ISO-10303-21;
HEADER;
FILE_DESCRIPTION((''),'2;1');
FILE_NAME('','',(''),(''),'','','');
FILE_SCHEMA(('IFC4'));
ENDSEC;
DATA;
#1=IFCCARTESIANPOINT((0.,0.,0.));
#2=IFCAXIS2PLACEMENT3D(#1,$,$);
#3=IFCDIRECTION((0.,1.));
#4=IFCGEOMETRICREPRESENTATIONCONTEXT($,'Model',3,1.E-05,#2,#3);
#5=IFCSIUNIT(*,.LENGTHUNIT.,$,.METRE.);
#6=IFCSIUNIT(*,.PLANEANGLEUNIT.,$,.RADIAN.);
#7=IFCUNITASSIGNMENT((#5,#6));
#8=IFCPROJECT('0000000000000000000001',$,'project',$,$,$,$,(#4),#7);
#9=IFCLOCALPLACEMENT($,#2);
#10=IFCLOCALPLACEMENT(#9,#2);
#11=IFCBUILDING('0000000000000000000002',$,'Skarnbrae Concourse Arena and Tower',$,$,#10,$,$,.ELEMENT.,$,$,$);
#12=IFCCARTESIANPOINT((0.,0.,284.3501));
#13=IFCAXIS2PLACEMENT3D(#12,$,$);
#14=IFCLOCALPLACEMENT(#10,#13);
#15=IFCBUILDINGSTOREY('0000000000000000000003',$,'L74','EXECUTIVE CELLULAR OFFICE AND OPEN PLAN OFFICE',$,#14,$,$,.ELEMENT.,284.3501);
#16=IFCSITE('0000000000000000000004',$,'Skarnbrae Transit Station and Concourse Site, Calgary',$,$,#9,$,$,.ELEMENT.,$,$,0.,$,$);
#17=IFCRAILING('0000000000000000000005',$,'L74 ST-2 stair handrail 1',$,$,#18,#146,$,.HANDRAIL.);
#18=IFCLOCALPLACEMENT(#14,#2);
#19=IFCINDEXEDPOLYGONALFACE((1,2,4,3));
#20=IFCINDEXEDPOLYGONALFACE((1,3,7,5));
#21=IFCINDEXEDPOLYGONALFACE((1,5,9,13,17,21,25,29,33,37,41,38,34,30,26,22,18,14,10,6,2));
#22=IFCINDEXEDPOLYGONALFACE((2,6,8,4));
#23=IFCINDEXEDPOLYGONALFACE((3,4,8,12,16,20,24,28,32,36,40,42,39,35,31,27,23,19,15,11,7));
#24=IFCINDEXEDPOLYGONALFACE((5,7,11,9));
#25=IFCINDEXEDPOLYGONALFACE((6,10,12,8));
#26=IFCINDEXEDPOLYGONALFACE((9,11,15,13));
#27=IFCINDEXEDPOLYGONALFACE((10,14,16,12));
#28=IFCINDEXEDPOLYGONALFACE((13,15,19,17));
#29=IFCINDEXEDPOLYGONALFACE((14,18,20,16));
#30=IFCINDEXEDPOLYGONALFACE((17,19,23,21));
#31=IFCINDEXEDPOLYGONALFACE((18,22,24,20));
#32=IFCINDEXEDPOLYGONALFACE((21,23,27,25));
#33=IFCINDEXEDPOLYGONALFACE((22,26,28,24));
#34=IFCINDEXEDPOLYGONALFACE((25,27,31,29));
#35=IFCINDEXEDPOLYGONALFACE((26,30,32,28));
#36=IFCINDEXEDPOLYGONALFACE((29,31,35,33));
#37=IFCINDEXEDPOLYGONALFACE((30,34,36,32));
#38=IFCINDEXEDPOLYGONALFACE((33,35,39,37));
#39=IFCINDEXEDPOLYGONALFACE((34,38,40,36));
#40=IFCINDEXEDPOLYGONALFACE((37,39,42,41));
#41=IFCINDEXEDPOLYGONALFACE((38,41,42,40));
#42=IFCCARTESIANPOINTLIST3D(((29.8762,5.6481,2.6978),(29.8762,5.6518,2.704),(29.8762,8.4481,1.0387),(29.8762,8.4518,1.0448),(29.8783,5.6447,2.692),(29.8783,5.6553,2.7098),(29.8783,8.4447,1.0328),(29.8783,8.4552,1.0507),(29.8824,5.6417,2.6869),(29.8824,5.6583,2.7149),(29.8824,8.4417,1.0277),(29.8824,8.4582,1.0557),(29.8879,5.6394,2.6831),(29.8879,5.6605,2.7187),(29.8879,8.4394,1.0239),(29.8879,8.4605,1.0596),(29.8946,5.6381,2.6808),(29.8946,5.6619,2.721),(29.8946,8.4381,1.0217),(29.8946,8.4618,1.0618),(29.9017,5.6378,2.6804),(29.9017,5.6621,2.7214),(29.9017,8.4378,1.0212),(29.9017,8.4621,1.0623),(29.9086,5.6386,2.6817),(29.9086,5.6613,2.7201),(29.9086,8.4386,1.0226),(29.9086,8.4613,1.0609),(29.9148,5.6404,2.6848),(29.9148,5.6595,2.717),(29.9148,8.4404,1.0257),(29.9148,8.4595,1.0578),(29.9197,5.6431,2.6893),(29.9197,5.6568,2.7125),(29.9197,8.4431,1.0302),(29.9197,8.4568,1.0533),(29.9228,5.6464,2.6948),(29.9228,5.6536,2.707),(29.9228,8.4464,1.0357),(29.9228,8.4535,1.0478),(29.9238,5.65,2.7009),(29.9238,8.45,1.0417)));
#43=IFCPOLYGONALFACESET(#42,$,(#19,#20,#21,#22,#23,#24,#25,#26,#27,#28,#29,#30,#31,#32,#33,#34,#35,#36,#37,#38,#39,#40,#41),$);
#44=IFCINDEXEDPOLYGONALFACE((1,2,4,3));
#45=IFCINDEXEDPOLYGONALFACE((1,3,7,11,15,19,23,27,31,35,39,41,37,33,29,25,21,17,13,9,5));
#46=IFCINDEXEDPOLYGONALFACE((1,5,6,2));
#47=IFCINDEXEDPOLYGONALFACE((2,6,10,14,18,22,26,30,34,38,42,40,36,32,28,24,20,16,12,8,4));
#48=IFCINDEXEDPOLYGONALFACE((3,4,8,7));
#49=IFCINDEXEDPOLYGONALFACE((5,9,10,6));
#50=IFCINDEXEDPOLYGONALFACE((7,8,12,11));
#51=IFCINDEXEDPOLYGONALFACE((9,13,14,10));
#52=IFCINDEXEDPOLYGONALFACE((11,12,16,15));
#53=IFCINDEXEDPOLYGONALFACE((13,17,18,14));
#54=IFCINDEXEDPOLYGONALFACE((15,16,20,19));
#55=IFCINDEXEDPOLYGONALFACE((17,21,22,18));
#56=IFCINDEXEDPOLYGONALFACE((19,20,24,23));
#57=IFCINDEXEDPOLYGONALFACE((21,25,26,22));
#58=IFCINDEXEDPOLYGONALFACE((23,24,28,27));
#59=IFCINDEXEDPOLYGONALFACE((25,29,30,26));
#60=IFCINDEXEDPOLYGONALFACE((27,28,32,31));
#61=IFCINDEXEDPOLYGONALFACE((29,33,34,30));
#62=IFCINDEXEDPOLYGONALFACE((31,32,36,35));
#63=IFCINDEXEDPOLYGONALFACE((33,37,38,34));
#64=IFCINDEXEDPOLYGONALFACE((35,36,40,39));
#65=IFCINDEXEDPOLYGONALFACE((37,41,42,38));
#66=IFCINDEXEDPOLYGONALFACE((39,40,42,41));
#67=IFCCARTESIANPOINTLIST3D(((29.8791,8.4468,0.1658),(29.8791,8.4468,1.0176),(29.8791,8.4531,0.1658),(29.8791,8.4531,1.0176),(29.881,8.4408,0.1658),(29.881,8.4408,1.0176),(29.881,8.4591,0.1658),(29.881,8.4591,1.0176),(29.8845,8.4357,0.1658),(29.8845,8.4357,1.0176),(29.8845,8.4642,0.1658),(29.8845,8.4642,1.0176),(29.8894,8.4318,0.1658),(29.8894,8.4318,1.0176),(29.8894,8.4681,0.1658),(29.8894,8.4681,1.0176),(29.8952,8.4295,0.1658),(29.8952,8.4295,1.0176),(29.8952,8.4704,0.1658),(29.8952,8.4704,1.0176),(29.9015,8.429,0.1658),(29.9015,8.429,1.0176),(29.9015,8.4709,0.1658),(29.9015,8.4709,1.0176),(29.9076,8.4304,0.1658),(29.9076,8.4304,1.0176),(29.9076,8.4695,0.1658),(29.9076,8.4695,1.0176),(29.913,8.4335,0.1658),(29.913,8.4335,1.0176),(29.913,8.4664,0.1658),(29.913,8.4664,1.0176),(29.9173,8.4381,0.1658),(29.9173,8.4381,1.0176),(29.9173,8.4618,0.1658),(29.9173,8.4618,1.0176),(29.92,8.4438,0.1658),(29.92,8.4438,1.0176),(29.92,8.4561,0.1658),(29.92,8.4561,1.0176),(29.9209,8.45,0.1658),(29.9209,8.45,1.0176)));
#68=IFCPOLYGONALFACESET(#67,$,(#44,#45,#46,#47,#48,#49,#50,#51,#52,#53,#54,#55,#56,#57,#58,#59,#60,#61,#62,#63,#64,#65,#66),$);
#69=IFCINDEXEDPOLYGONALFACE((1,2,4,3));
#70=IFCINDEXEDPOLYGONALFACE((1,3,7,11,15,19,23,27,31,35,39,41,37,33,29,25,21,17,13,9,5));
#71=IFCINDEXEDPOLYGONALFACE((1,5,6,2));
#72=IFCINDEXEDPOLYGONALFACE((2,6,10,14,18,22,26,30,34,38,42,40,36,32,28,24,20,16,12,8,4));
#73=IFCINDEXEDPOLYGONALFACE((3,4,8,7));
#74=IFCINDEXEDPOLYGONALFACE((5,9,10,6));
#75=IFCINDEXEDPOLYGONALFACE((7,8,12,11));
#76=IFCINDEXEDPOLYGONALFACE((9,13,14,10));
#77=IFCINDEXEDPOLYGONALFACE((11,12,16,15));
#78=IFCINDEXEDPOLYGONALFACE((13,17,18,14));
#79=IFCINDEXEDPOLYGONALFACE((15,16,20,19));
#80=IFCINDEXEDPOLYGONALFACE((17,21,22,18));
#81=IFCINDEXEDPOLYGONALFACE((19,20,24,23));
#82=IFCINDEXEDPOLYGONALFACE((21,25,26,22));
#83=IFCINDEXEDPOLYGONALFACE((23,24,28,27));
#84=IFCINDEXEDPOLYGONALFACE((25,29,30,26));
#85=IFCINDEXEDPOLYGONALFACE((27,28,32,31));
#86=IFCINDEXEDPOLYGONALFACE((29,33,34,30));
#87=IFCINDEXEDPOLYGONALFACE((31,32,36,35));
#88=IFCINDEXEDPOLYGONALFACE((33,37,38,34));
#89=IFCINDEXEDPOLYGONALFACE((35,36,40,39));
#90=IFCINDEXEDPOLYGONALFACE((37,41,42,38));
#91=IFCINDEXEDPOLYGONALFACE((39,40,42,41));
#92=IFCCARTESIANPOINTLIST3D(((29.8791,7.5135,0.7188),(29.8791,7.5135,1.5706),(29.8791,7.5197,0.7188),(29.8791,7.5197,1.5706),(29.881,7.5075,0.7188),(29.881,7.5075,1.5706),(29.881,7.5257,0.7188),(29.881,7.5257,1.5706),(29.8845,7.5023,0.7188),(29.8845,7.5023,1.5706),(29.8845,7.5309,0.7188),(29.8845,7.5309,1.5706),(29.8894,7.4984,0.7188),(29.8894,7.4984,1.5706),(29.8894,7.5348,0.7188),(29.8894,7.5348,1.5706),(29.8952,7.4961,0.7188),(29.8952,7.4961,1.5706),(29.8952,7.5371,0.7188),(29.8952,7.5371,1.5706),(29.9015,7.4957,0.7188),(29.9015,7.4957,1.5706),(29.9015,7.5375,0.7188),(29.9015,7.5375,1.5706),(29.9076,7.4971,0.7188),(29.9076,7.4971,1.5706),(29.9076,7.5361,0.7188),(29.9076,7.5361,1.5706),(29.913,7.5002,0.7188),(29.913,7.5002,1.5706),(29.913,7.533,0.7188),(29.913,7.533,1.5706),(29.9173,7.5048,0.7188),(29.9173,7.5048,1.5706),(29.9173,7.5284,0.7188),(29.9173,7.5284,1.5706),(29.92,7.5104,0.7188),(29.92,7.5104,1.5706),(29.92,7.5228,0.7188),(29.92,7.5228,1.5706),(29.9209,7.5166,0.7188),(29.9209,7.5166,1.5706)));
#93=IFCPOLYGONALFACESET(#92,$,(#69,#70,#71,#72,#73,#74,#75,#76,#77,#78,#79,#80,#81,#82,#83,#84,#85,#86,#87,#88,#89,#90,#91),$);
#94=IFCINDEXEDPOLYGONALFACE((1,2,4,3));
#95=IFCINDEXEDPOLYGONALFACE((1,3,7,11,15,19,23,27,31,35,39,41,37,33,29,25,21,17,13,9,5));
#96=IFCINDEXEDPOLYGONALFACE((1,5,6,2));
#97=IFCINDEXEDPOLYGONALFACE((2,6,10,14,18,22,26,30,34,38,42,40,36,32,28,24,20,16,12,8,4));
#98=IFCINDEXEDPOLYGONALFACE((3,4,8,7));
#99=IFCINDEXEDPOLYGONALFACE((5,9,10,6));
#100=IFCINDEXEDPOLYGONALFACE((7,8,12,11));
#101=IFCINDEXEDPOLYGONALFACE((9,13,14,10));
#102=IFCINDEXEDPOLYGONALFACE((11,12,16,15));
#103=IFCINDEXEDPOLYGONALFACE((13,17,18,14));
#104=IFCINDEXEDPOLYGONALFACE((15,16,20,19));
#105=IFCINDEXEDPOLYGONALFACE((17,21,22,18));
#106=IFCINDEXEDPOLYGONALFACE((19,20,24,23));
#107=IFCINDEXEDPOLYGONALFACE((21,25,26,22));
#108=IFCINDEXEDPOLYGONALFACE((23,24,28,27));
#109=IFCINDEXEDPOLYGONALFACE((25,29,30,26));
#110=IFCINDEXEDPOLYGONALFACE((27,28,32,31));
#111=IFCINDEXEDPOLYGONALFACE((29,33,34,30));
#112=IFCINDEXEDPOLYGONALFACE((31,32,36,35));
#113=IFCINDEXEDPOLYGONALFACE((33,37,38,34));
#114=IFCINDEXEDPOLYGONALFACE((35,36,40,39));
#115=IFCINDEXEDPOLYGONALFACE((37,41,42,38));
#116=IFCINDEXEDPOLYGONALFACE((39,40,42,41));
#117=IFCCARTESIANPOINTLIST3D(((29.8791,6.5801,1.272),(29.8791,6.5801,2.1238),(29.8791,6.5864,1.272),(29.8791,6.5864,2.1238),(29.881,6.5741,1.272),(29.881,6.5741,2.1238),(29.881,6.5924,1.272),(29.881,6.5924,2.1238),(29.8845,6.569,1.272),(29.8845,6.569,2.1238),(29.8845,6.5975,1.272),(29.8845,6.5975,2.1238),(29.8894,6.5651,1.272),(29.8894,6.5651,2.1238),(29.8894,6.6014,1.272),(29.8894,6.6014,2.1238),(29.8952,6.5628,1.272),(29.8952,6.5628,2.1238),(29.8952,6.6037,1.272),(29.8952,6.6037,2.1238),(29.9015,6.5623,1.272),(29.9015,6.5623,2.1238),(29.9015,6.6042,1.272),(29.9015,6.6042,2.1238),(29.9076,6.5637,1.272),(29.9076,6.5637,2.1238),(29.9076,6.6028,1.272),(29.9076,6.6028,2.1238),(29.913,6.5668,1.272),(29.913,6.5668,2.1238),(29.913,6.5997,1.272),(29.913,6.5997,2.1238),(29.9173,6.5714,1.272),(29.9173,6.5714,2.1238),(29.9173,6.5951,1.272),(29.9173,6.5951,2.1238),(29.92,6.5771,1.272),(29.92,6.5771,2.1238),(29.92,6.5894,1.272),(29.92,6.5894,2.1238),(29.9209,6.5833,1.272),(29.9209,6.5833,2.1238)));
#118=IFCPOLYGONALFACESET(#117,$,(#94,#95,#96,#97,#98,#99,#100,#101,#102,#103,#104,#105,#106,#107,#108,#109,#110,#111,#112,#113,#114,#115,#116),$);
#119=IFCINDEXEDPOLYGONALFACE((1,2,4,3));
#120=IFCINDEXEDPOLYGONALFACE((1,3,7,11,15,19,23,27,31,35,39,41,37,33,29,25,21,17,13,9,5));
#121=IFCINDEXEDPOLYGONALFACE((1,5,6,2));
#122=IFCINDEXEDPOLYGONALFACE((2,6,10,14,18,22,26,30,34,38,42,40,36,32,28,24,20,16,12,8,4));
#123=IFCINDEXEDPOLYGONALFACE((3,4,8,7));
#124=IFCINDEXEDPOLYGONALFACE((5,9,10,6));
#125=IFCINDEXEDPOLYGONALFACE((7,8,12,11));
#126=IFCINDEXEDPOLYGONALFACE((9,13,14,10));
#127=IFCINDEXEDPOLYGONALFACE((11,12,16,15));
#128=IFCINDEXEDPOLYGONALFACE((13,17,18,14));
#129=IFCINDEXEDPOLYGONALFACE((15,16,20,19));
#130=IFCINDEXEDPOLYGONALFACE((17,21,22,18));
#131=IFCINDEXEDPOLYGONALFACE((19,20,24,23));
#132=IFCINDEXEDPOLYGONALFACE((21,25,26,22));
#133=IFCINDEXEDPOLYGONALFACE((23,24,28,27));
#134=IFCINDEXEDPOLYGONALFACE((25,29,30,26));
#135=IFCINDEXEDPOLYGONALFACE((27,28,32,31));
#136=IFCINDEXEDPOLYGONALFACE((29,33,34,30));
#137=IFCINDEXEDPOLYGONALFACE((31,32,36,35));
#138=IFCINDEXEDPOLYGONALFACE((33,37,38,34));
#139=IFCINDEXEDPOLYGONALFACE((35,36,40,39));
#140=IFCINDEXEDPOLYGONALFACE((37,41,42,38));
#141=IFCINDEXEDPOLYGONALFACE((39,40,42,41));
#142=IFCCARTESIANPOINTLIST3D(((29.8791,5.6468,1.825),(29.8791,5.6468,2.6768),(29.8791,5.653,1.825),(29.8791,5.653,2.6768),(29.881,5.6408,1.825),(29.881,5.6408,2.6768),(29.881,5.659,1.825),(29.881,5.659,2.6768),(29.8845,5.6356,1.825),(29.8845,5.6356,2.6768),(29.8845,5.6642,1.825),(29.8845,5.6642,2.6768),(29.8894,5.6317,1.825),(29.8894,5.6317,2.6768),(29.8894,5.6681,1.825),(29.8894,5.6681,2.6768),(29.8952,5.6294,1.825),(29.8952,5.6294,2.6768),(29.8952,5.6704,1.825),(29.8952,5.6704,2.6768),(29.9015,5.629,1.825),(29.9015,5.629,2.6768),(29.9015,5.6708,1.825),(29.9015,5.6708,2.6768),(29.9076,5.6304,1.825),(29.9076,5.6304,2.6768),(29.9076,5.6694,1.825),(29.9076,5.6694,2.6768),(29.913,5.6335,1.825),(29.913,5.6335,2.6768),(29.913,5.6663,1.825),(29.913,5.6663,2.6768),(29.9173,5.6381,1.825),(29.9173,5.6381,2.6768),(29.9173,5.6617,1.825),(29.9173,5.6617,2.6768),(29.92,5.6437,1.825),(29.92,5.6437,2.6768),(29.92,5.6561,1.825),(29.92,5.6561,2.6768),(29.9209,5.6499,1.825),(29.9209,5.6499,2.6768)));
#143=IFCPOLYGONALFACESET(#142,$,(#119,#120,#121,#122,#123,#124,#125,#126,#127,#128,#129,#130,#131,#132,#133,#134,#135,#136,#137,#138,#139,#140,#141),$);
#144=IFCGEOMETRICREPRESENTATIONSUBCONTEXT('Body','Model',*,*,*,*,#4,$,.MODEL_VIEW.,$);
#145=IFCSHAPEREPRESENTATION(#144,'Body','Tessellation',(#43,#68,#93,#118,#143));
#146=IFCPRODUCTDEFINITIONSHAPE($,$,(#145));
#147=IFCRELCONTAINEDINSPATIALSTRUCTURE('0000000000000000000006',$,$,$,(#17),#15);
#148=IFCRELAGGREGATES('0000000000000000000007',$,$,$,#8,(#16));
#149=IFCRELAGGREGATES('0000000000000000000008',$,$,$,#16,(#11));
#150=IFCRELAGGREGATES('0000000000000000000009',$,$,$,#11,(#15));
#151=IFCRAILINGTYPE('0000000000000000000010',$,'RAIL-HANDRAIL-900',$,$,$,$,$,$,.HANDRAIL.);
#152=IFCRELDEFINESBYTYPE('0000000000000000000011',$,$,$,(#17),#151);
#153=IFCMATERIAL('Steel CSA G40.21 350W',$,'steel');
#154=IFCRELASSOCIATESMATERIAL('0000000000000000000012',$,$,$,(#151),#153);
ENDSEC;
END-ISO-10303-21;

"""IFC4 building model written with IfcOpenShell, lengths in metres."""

from ifc_helpers import new_model, si_unit, direction, frame, origin, origin_2d, place, context, subcontext, project, spatial, circle, extrude, material, type_object, element, save


model = new_model("IFC4")

# Units and contexts
model_context = context("Model", 3, precision=1e-05, world=origin(), true_north=direction((0.0, 1.0)))
body_context = subcontext(model_context, "Body", "Model", "MODEL_VIEW")
ifc_project = project(units=[si_unit("LENGTHUNIT", "METRE"), si_unit("PLANEANGLEUNIT", "RADIAN")], contexts=[model_context])

# Site, building, storey
site_placement = place(None, origin())
site = spatial("IfcSite", under=ifc_project, at=site_placement, Name="Skarnbrae Transit Station and Concourse Site, Calgary", CompositionType="ELEMENT", RefElevation=0.0)
building_placement = place(site_placement, origin())
building = spatial("IfcBuilding", under=site, at=building_placement, Name="Skarnbrae Concourse Arena and Tower", CompositionType="ELEMENT")
storey_placement = place(building_placement, frame((0.0, 0.0, 284.3501)))
storey = spatial("IfcBuildingStorey", under=building, at=storey_placement, Name="L74", Description="EXECUTIVE CELLULAR OFFICE AND OPEN PLAN OFFICE", CompositionType="ELEMENT", Elevation=284.3501)

# Shared definitions
ifc_material_1 = material(Name="Steel CSA G40.21 350W", Category="steel")

# Railing
railing_type_1 = type_object("IfcRailingType", Name="RAIL-HANDRAIL-900", PredefinedType="HANDRAIL", material=ifc_material_1)
railing_1_placement = place(storey_placement, frame((29.8999, 8.45, 0.1658)))
element("IfcRailing", 1, at=railing_1_placement, inside=storey, type_object=railing_type_1, Name="L74 ST-2 stair handrail 1", PredefinedType="HANDRAIL", context=body_context, shape_type="SweptSolid", body=[
    extrude(circle(Radius=0.0239, at=origin_2d()), frame((0.0, 0.0, 0.876), z_axis=(0.0, -0.860306, 0.509778), x_axis=(1.0, 0.0, 0.0)), (0.0, 0.0, 1.0), 3.2546),
    extrude(circle(Radius=0.021, at=origin_2d()), origin(), (0.0, 0.0, 1.0), 0.8518),
    extrude(circle(Radius=0.021, at=origin_2d()), frame((0.0, -0.9333, 0.553)), (0.0, 0.0, 1.0), 0.8518),
    extrude(circle(Radius=0.021, at=origin_2d()), frame((0.0, -1.8667, 1.1062)), (0.0, 0.0, 1.0), 0.8518),
    extrude(circle(Radius=0.021, at=origin_2d()), frame((0.0, -2.8, 1.6592)), (0.0, 0.0, 1.0), 0.8518),
])

save(model, "model.ifc")
